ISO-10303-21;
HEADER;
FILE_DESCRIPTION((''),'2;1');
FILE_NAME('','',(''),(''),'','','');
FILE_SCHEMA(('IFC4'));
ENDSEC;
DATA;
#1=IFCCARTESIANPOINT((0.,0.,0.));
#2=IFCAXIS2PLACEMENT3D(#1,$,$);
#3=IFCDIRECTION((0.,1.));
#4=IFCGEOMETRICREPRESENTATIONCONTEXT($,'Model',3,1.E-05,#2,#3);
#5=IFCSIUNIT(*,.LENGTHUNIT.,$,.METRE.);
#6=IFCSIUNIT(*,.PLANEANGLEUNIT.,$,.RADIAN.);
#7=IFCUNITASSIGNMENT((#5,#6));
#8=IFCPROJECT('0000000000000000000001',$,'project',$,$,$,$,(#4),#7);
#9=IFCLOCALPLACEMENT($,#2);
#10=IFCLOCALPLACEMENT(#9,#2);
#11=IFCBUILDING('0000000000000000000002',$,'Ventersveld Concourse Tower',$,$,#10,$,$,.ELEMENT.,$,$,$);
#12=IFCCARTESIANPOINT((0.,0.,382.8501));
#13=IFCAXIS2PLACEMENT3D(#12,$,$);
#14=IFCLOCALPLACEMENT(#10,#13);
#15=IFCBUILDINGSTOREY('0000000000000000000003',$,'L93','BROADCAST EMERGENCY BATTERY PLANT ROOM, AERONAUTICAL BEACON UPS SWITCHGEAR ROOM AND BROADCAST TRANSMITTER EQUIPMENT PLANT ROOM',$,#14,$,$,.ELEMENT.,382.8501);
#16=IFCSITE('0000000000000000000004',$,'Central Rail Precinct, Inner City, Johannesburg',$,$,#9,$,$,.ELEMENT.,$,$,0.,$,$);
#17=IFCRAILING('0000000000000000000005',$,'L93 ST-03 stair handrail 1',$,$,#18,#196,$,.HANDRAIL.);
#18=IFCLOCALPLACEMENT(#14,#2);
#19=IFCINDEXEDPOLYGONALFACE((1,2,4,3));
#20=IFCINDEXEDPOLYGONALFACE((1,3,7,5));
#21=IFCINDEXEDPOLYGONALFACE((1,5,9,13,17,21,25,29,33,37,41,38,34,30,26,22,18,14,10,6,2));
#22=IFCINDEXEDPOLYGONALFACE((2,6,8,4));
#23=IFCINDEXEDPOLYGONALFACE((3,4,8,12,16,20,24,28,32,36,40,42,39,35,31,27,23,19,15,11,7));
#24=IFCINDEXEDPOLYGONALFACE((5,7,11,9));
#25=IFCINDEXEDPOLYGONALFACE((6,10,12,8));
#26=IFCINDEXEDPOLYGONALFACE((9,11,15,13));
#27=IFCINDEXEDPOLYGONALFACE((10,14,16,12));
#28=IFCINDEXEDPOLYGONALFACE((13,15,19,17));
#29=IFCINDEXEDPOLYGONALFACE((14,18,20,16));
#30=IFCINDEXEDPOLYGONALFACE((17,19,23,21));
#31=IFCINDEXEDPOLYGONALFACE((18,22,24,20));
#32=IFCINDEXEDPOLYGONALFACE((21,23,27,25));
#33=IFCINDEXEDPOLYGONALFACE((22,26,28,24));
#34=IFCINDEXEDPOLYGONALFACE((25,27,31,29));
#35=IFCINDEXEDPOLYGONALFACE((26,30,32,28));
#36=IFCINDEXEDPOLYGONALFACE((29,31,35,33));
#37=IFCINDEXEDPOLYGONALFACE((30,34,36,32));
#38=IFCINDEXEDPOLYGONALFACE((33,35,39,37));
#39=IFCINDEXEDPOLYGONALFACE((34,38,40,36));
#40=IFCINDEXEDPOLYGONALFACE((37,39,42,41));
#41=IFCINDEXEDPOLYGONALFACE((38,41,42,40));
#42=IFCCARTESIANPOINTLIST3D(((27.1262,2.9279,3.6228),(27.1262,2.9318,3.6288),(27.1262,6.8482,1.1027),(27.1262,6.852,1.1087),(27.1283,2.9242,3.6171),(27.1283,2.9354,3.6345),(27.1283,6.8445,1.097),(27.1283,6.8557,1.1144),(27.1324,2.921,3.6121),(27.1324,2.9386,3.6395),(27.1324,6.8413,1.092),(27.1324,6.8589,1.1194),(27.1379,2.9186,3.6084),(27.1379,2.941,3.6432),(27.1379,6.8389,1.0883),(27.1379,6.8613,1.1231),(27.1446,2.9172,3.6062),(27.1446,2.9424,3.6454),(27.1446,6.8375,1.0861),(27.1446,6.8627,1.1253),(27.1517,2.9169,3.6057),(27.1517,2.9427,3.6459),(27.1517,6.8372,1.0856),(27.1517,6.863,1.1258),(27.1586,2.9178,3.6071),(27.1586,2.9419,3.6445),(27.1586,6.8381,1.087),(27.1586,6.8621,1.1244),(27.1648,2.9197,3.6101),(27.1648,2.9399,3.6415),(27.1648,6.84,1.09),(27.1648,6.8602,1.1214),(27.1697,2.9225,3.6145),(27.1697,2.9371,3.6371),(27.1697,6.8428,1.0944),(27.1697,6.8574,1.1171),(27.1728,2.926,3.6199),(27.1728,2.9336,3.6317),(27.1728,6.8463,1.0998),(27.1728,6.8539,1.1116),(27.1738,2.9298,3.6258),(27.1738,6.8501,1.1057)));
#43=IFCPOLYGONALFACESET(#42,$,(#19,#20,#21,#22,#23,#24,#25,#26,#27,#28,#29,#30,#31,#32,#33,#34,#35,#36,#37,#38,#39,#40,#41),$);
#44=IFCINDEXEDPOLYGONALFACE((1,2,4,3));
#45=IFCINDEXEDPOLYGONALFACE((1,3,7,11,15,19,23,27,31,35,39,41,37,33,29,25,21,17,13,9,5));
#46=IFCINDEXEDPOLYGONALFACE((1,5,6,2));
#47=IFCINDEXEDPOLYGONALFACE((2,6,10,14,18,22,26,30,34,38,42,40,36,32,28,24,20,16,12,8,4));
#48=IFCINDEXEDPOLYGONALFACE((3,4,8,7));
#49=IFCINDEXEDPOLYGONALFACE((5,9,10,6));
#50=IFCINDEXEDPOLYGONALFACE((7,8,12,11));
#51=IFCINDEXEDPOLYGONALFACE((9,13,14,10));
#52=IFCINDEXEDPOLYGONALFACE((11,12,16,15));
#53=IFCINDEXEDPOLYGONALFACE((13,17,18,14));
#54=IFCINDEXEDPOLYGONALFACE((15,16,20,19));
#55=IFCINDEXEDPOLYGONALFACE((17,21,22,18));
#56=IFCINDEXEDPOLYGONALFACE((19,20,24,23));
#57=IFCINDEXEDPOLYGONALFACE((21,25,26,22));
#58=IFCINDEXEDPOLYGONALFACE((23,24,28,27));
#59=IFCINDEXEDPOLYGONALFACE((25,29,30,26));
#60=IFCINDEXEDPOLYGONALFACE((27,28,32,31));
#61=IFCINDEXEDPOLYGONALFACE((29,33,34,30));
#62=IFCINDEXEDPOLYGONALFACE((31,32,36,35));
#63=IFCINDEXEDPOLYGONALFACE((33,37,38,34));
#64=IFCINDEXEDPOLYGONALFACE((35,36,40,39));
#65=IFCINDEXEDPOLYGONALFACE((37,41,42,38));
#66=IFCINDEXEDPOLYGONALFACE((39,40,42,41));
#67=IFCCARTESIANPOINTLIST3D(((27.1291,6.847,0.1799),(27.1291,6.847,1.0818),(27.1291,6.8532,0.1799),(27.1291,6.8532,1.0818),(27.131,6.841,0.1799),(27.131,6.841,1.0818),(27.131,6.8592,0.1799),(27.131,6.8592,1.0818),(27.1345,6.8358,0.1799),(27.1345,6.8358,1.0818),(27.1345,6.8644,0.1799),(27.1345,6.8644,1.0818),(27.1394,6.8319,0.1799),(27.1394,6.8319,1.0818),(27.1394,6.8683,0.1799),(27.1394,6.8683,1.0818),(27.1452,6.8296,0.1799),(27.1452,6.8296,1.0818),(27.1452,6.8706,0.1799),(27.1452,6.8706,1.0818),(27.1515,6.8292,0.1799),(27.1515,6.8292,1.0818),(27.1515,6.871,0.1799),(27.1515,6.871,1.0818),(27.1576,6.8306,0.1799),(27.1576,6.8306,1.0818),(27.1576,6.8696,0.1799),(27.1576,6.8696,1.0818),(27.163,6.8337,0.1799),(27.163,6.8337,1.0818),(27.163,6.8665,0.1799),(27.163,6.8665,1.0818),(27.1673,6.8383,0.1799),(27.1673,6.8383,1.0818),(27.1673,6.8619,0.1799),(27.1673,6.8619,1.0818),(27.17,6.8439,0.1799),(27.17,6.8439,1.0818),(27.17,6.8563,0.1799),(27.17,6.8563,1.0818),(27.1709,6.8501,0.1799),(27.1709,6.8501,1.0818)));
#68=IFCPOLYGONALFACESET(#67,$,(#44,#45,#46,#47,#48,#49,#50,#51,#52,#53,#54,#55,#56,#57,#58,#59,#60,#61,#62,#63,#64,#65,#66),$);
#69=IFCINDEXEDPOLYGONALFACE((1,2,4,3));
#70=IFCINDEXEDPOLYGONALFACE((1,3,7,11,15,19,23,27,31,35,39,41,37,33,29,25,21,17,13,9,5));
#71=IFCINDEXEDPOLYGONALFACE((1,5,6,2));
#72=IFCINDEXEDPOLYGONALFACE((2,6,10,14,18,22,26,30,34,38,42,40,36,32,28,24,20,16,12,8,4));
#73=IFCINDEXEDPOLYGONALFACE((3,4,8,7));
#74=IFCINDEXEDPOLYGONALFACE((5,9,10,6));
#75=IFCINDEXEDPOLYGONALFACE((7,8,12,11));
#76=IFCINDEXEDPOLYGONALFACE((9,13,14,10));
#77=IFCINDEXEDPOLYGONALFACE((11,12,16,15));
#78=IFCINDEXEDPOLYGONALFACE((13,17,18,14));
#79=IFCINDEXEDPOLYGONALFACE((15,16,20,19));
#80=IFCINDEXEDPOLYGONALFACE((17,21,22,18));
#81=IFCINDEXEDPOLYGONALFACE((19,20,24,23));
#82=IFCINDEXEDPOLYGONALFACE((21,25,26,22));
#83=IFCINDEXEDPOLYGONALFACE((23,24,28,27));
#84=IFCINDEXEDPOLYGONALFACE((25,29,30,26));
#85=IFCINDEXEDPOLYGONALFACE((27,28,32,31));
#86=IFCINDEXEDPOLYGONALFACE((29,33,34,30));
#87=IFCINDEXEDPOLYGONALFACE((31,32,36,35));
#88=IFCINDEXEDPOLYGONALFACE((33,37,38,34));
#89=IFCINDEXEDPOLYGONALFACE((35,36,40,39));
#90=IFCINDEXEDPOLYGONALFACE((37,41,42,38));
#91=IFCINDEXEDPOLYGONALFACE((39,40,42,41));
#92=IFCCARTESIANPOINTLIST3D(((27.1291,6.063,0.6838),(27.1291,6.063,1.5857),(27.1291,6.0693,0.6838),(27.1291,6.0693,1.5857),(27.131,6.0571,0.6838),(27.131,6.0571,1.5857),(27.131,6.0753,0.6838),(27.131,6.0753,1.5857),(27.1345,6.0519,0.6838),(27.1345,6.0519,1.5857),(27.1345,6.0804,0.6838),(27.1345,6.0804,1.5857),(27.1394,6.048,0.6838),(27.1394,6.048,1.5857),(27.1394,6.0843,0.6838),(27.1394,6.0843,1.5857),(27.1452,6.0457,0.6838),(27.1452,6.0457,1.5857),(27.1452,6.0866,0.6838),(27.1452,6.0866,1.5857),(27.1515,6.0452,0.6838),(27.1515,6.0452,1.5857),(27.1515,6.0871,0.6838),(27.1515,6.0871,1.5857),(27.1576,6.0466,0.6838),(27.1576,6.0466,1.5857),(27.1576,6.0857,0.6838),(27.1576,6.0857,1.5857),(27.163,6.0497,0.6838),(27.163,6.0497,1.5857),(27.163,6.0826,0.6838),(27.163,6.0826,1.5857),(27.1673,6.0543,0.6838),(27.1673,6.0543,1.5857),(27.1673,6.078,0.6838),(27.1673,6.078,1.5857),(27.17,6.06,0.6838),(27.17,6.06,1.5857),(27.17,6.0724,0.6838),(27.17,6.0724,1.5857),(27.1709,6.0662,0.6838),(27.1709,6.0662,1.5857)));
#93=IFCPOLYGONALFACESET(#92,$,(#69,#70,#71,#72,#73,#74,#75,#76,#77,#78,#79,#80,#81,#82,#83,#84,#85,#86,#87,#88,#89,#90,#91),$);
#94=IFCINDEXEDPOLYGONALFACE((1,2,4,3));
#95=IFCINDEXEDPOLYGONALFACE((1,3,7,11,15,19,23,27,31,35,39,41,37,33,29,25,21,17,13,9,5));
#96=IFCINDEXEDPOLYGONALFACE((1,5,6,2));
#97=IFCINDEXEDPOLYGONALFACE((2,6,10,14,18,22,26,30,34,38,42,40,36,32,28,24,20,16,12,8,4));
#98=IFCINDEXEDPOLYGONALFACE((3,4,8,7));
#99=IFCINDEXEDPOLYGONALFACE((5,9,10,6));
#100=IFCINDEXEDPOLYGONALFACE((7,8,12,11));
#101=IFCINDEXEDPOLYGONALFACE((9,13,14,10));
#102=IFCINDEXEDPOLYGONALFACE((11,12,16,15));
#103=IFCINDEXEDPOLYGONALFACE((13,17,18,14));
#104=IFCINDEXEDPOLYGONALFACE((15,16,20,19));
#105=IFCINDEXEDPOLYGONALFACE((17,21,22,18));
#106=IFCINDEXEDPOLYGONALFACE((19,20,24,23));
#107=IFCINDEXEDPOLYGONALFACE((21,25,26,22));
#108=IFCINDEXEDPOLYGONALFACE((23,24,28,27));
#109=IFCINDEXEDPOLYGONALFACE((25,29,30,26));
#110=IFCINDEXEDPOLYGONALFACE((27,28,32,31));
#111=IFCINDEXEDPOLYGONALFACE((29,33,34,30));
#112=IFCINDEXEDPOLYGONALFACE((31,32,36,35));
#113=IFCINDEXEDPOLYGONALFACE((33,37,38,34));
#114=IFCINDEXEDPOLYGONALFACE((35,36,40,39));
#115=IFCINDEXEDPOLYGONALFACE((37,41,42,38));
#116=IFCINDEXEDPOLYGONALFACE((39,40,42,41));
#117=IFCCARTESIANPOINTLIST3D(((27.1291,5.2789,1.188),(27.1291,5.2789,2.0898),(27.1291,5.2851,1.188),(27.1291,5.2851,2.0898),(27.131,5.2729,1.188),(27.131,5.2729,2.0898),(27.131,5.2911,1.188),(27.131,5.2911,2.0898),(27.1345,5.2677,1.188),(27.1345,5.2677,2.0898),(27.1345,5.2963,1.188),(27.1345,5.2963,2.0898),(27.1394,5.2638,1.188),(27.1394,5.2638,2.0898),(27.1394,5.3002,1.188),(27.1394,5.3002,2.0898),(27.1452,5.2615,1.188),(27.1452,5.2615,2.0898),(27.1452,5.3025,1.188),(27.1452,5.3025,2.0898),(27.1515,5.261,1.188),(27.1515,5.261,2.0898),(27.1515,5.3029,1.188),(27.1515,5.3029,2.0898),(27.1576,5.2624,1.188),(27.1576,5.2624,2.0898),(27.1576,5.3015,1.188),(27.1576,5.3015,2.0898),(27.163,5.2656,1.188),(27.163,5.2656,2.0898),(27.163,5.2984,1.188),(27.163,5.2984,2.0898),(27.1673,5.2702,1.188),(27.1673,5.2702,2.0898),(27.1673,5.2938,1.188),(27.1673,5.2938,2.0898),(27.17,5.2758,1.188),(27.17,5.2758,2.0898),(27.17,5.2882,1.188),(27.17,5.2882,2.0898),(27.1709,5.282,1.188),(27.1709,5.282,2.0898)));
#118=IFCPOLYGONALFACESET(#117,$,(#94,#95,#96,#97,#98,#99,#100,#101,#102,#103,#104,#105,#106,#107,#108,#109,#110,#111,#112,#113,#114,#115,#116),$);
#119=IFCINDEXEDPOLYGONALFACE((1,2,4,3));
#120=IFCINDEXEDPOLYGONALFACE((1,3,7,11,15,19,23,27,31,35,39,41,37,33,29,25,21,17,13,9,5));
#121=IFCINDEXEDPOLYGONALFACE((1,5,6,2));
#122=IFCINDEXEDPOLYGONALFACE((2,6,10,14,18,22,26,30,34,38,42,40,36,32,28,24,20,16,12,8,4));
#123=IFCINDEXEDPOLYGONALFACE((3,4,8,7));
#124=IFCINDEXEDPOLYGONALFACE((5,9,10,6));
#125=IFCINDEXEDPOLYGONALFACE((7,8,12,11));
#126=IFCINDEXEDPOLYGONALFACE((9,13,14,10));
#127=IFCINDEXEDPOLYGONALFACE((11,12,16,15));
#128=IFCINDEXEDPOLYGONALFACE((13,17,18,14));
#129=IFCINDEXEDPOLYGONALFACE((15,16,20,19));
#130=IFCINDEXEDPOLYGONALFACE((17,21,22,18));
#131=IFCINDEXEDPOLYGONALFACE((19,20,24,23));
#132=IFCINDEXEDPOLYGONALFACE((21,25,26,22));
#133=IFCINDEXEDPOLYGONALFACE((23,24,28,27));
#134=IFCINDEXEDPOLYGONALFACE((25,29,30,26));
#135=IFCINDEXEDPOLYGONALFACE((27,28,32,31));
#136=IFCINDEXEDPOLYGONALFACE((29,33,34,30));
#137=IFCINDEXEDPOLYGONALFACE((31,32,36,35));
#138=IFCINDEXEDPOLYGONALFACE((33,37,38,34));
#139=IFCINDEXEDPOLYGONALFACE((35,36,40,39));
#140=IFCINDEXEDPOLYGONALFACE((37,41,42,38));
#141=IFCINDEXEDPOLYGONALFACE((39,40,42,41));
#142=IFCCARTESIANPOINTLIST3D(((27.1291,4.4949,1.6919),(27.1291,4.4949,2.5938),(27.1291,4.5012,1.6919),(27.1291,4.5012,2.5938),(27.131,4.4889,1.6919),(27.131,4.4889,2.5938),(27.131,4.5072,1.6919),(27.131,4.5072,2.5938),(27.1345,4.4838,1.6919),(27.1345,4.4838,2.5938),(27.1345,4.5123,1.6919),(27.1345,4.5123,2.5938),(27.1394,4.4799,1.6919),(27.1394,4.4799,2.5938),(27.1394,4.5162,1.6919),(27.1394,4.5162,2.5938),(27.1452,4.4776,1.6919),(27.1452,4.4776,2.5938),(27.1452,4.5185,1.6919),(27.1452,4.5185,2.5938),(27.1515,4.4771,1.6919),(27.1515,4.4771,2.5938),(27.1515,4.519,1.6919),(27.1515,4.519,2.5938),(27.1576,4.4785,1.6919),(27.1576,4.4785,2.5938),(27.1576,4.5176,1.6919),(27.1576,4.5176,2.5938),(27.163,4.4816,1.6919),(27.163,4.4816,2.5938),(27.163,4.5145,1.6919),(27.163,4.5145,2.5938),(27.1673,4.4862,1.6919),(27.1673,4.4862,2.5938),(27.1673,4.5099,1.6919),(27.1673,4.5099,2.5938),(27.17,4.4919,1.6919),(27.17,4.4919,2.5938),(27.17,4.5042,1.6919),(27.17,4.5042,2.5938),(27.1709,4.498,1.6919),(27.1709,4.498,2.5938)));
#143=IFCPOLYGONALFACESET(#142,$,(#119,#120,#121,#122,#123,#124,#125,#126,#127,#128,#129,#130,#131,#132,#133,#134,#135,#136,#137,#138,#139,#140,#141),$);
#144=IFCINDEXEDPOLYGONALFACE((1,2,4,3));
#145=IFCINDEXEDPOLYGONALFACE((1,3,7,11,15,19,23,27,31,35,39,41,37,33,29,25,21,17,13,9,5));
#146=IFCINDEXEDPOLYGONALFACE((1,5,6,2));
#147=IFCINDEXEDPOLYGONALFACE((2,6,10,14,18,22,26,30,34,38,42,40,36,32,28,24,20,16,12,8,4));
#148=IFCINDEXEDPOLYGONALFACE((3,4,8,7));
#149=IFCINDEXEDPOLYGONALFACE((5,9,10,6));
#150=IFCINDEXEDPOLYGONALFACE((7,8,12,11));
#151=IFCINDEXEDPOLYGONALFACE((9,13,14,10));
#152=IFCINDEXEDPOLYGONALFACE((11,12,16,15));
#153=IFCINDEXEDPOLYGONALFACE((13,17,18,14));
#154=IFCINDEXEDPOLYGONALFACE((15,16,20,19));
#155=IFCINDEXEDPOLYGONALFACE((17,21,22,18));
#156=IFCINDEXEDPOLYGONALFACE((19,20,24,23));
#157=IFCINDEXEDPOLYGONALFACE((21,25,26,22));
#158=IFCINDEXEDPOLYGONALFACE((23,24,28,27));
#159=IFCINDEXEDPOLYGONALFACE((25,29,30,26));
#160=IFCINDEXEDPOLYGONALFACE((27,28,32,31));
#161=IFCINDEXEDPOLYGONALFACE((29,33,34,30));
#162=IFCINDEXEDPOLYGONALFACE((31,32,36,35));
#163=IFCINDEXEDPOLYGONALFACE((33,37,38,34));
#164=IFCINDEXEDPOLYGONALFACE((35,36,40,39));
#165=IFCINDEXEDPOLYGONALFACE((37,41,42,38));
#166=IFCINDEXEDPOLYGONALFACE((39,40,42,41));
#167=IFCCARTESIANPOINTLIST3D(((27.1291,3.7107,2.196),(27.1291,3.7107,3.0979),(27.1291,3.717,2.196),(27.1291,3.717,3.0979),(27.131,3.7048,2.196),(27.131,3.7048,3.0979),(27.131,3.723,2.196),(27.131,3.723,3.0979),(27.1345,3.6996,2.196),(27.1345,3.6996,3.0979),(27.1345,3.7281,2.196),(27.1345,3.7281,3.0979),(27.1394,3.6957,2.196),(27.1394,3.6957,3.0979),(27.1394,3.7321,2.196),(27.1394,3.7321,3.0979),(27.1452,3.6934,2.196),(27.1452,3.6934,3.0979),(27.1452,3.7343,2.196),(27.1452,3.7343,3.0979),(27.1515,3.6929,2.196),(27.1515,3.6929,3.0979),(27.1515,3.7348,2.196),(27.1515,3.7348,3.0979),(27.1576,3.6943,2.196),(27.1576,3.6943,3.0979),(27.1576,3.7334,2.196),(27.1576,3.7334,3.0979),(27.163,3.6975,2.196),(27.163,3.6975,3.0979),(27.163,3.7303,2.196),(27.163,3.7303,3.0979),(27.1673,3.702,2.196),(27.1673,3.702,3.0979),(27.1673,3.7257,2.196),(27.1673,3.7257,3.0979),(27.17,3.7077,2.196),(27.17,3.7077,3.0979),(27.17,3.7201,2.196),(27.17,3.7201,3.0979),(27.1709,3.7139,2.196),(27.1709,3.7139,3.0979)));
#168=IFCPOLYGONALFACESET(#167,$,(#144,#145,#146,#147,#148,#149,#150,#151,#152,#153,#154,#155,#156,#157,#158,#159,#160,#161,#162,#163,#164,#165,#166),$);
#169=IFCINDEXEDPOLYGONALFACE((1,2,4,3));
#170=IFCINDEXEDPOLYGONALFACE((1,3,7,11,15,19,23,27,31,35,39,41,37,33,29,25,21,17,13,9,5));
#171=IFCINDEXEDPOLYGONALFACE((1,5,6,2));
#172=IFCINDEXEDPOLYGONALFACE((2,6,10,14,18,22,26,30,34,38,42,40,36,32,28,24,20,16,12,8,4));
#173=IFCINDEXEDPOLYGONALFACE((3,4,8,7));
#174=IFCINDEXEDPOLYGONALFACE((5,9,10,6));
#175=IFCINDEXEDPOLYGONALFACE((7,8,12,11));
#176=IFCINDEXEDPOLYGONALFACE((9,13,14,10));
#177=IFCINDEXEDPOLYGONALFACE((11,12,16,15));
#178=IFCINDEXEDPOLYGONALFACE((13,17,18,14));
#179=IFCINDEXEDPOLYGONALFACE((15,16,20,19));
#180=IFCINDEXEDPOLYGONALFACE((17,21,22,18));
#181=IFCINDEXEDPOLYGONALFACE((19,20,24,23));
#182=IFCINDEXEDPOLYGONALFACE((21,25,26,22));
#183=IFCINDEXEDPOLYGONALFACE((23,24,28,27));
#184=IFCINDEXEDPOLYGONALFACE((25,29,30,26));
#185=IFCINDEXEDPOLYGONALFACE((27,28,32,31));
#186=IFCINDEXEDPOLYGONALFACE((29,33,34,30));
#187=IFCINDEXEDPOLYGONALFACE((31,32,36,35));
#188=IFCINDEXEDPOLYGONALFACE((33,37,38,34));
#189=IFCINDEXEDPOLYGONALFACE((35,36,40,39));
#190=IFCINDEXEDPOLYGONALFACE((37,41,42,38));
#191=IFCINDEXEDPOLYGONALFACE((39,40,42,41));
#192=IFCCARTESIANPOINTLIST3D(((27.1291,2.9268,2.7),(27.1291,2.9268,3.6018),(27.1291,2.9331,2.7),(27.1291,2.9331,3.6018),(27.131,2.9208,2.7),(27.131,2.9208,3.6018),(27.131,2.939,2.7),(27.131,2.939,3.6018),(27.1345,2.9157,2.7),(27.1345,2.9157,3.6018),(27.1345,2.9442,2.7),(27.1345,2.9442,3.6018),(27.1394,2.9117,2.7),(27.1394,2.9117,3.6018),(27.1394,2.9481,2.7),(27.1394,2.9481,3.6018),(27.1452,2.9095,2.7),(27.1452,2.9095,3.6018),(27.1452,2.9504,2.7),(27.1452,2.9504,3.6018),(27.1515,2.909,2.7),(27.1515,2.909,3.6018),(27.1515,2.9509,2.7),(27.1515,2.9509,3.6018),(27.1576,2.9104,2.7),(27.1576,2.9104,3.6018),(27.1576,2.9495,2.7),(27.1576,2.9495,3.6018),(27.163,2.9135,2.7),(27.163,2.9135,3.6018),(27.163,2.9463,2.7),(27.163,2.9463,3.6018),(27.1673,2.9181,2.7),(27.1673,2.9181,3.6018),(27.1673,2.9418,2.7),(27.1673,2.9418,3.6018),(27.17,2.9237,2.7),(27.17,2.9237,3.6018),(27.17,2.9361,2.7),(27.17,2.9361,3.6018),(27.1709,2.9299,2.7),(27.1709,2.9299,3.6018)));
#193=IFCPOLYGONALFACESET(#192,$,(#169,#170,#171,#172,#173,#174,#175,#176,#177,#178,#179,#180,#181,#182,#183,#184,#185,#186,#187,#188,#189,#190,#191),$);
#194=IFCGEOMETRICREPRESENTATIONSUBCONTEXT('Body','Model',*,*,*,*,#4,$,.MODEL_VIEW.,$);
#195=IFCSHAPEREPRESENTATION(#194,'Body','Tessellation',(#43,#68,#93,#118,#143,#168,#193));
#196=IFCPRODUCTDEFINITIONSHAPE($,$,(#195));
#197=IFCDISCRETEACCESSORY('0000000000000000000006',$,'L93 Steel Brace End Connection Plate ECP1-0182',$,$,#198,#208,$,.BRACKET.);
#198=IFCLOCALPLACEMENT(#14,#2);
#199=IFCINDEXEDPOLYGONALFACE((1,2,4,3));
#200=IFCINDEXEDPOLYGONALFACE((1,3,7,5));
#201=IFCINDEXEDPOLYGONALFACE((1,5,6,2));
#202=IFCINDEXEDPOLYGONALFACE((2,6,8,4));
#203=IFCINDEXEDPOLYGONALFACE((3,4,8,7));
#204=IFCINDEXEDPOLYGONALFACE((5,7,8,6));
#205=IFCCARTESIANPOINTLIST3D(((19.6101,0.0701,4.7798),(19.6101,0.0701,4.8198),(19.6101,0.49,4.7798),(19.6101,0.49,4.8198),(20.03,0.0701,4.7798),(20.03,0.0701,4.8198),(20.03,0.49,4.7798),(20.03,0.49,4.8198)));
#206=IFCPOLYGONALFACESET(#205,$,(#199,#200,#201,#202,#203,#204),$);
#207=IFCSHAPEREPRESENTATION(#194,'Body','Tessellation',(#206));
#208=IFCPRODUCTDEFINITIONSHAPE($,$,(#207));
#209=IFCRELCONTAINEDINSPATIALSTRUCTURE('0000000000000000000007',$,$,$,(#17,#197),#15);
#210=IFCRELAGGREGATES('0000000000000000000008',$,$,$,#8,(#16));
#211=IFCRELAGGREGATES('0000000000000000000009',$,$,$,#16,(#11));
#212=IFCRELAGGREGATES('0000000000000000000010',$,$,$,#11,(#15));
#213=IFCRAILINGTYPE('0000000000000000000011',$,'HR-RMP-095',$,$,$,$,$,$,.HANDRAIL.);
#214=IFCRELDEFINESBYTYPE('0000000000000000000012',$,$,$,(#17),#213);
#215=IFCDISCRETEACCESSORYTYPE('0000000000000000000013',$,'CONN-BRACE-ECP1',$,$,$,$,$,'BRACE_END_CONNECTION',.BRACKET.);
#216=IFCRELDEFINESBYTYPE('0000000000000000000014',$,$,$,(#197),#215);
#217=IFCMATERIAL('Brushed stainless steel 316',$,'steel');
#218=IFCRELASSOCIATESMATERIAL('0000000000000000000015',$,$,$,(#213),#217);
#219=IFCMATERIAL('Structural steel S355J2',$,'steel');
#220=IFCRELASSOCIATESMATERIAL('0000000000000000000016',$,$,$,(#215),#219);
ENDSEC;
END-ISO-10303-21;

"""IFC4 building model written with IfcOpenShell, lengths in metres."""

from ifc_helpers import new_model, si_unit, direction, frame, origin, origin_2d, place, context, subcontext, project, spatial, rectangle, circle, extrude, material, type_object, element, save


model = new_model("IFC4")

# Units and contexts
model_context = context("Model", 3, precision=1e-05, world=origin(), true_north=direction((0.0, 1.0)))
body_context = subcontext(model_context, "Body", "Model", "MODEL_VIEW")
ifc_project = project(units=[si_unit("LENGTHUNIT", "METRE"), si_unit("PLANEANGLEUNIT", "RADIAN")], contexts=[model_context])

# Site, building, storey
site_placement = place(None, origin())
site = spatial("IfcSite", under=ifc_project, at=site_placement, Name="Central Rail Precinct, Inner City, Johannesburg", CompositionType="ELEMENT", RefElevation=0.0)
building_placement = place(site_placement, origin())
building = spatial("IfcBuilding", under=site, at=building_placement, Name="Ventersveld Concourse Tower", CompositionType="ELEMENT")
storey_placement = place(building_placement, frame((0.0, 0.0, 382.8501)))
storey = spatial("IfcBuildingStorey", under=building, at=storey_placement, Name="L93", Description="BROADCAST EMERGENCY BATTERY PLANT ROOM, AERONAUTICAL BEACON UPS SWITCHGEAR ROOM AND BROADCAST TRANSMITTER EQUIPMENT PLANT ROOM", CompositionType="ELEMENT", Elevation=382.8501)

# Shared definitions
ifc_material_1 = material(Name="Structural steel S355J2", Category="steel")

# Shared definitions
ifc_material_2 = material(Name="Brushed stainless steel 316", Category="steel")

# Railing
railing_type_1 = type_object("IfcRailingType", Name="HR-RMP-095", PredefinedType="HANDRAIL", material=ifc_material_2)
railing_1_placement = place(storey_placement, frame((27.1499, 6.8501, 0.1799)))
element("IfcRailing", 1, at=railing_1_placement, inside=storey, type_object=railing_type_1, Name="L93 ST-03 stair handrail 1", PredefinedType="HANDRAIL", context=body_context, shape_type="SweptSolid", body=[
    extrude(circle(Radius=0.0239, at=origin_2d()), frame((0.0, 0.0, 0.9258), z_axis=(0.0, -0.841187, 0.540744), x_axis=(1.0, 0.0, 0.0)), (0.0, 0.0, 1.0), 4.6604),
    extrude(circle(Radius=0.021, at=origin_2d()), origin(), (0.0, 0.0, 1.0), 0.9019),
    extrude(circle(Radius=0.021, at=origin_2d()), frame((0.0, -0.7839, 0.5039)), (0.0, 0.0, 1.0), 0.9019),
    extrude(circle(Radius=0.021, at=origin_2d()), frame((0.0, -1.5681, 1.0081)), (0.0, 0.0, 1.0), 0.9019),
    extrude(circle(Radius=0.021, at=origin_2d()), frame((0.0, -2.3521, 1.512)), (0.0, 0.0, 1.0), 0.9019),
    extrude(circle(Radius=0.021, at=origin_2d()), frame((0.0, -3.1362, 2.0161)), (0.0, 0.0, 1.0), 0.9019),
    extrude(circle(Radius=0.021, at=origin_2d()), frame((0.0, -3.9202, 2.52)), (0.0, 0.0, 1.0), 0.9019),
])

# Discrete accessory
discrete_accessory_type = type_object("IfcDiscreteAccessoryType", Name="CONN-BRACE-ECP1", ElementType="BRACE_END_CONNECTION", PredefinedType="BRACKET", material=ifc_material_1)
discrete_accessory_placement = place(storey_placement, frame((19.8201, 0.28, 4.7798), z_axis=(0.0, 0.0, 1.0), x_axis=(1.0, 0.0, 0.0)))
element("IfcDiscreteAccessory", 2, at=discrete_accessory_placement, inside=storey, type_object=discrete_accessory_type, Name="L93 Steel Brace End Connection Plate ECP1-0182", PredefinedType="BRACKET", context=body_context, shape_type="SweptSolid", body=[
    extrude(rectangle(XDim=0.4199, YDim=0.4199, at=origin_2d()), origin(), (0.0, 0.0, 1.0), 0.04),
])

save(model, "model.ifc")
